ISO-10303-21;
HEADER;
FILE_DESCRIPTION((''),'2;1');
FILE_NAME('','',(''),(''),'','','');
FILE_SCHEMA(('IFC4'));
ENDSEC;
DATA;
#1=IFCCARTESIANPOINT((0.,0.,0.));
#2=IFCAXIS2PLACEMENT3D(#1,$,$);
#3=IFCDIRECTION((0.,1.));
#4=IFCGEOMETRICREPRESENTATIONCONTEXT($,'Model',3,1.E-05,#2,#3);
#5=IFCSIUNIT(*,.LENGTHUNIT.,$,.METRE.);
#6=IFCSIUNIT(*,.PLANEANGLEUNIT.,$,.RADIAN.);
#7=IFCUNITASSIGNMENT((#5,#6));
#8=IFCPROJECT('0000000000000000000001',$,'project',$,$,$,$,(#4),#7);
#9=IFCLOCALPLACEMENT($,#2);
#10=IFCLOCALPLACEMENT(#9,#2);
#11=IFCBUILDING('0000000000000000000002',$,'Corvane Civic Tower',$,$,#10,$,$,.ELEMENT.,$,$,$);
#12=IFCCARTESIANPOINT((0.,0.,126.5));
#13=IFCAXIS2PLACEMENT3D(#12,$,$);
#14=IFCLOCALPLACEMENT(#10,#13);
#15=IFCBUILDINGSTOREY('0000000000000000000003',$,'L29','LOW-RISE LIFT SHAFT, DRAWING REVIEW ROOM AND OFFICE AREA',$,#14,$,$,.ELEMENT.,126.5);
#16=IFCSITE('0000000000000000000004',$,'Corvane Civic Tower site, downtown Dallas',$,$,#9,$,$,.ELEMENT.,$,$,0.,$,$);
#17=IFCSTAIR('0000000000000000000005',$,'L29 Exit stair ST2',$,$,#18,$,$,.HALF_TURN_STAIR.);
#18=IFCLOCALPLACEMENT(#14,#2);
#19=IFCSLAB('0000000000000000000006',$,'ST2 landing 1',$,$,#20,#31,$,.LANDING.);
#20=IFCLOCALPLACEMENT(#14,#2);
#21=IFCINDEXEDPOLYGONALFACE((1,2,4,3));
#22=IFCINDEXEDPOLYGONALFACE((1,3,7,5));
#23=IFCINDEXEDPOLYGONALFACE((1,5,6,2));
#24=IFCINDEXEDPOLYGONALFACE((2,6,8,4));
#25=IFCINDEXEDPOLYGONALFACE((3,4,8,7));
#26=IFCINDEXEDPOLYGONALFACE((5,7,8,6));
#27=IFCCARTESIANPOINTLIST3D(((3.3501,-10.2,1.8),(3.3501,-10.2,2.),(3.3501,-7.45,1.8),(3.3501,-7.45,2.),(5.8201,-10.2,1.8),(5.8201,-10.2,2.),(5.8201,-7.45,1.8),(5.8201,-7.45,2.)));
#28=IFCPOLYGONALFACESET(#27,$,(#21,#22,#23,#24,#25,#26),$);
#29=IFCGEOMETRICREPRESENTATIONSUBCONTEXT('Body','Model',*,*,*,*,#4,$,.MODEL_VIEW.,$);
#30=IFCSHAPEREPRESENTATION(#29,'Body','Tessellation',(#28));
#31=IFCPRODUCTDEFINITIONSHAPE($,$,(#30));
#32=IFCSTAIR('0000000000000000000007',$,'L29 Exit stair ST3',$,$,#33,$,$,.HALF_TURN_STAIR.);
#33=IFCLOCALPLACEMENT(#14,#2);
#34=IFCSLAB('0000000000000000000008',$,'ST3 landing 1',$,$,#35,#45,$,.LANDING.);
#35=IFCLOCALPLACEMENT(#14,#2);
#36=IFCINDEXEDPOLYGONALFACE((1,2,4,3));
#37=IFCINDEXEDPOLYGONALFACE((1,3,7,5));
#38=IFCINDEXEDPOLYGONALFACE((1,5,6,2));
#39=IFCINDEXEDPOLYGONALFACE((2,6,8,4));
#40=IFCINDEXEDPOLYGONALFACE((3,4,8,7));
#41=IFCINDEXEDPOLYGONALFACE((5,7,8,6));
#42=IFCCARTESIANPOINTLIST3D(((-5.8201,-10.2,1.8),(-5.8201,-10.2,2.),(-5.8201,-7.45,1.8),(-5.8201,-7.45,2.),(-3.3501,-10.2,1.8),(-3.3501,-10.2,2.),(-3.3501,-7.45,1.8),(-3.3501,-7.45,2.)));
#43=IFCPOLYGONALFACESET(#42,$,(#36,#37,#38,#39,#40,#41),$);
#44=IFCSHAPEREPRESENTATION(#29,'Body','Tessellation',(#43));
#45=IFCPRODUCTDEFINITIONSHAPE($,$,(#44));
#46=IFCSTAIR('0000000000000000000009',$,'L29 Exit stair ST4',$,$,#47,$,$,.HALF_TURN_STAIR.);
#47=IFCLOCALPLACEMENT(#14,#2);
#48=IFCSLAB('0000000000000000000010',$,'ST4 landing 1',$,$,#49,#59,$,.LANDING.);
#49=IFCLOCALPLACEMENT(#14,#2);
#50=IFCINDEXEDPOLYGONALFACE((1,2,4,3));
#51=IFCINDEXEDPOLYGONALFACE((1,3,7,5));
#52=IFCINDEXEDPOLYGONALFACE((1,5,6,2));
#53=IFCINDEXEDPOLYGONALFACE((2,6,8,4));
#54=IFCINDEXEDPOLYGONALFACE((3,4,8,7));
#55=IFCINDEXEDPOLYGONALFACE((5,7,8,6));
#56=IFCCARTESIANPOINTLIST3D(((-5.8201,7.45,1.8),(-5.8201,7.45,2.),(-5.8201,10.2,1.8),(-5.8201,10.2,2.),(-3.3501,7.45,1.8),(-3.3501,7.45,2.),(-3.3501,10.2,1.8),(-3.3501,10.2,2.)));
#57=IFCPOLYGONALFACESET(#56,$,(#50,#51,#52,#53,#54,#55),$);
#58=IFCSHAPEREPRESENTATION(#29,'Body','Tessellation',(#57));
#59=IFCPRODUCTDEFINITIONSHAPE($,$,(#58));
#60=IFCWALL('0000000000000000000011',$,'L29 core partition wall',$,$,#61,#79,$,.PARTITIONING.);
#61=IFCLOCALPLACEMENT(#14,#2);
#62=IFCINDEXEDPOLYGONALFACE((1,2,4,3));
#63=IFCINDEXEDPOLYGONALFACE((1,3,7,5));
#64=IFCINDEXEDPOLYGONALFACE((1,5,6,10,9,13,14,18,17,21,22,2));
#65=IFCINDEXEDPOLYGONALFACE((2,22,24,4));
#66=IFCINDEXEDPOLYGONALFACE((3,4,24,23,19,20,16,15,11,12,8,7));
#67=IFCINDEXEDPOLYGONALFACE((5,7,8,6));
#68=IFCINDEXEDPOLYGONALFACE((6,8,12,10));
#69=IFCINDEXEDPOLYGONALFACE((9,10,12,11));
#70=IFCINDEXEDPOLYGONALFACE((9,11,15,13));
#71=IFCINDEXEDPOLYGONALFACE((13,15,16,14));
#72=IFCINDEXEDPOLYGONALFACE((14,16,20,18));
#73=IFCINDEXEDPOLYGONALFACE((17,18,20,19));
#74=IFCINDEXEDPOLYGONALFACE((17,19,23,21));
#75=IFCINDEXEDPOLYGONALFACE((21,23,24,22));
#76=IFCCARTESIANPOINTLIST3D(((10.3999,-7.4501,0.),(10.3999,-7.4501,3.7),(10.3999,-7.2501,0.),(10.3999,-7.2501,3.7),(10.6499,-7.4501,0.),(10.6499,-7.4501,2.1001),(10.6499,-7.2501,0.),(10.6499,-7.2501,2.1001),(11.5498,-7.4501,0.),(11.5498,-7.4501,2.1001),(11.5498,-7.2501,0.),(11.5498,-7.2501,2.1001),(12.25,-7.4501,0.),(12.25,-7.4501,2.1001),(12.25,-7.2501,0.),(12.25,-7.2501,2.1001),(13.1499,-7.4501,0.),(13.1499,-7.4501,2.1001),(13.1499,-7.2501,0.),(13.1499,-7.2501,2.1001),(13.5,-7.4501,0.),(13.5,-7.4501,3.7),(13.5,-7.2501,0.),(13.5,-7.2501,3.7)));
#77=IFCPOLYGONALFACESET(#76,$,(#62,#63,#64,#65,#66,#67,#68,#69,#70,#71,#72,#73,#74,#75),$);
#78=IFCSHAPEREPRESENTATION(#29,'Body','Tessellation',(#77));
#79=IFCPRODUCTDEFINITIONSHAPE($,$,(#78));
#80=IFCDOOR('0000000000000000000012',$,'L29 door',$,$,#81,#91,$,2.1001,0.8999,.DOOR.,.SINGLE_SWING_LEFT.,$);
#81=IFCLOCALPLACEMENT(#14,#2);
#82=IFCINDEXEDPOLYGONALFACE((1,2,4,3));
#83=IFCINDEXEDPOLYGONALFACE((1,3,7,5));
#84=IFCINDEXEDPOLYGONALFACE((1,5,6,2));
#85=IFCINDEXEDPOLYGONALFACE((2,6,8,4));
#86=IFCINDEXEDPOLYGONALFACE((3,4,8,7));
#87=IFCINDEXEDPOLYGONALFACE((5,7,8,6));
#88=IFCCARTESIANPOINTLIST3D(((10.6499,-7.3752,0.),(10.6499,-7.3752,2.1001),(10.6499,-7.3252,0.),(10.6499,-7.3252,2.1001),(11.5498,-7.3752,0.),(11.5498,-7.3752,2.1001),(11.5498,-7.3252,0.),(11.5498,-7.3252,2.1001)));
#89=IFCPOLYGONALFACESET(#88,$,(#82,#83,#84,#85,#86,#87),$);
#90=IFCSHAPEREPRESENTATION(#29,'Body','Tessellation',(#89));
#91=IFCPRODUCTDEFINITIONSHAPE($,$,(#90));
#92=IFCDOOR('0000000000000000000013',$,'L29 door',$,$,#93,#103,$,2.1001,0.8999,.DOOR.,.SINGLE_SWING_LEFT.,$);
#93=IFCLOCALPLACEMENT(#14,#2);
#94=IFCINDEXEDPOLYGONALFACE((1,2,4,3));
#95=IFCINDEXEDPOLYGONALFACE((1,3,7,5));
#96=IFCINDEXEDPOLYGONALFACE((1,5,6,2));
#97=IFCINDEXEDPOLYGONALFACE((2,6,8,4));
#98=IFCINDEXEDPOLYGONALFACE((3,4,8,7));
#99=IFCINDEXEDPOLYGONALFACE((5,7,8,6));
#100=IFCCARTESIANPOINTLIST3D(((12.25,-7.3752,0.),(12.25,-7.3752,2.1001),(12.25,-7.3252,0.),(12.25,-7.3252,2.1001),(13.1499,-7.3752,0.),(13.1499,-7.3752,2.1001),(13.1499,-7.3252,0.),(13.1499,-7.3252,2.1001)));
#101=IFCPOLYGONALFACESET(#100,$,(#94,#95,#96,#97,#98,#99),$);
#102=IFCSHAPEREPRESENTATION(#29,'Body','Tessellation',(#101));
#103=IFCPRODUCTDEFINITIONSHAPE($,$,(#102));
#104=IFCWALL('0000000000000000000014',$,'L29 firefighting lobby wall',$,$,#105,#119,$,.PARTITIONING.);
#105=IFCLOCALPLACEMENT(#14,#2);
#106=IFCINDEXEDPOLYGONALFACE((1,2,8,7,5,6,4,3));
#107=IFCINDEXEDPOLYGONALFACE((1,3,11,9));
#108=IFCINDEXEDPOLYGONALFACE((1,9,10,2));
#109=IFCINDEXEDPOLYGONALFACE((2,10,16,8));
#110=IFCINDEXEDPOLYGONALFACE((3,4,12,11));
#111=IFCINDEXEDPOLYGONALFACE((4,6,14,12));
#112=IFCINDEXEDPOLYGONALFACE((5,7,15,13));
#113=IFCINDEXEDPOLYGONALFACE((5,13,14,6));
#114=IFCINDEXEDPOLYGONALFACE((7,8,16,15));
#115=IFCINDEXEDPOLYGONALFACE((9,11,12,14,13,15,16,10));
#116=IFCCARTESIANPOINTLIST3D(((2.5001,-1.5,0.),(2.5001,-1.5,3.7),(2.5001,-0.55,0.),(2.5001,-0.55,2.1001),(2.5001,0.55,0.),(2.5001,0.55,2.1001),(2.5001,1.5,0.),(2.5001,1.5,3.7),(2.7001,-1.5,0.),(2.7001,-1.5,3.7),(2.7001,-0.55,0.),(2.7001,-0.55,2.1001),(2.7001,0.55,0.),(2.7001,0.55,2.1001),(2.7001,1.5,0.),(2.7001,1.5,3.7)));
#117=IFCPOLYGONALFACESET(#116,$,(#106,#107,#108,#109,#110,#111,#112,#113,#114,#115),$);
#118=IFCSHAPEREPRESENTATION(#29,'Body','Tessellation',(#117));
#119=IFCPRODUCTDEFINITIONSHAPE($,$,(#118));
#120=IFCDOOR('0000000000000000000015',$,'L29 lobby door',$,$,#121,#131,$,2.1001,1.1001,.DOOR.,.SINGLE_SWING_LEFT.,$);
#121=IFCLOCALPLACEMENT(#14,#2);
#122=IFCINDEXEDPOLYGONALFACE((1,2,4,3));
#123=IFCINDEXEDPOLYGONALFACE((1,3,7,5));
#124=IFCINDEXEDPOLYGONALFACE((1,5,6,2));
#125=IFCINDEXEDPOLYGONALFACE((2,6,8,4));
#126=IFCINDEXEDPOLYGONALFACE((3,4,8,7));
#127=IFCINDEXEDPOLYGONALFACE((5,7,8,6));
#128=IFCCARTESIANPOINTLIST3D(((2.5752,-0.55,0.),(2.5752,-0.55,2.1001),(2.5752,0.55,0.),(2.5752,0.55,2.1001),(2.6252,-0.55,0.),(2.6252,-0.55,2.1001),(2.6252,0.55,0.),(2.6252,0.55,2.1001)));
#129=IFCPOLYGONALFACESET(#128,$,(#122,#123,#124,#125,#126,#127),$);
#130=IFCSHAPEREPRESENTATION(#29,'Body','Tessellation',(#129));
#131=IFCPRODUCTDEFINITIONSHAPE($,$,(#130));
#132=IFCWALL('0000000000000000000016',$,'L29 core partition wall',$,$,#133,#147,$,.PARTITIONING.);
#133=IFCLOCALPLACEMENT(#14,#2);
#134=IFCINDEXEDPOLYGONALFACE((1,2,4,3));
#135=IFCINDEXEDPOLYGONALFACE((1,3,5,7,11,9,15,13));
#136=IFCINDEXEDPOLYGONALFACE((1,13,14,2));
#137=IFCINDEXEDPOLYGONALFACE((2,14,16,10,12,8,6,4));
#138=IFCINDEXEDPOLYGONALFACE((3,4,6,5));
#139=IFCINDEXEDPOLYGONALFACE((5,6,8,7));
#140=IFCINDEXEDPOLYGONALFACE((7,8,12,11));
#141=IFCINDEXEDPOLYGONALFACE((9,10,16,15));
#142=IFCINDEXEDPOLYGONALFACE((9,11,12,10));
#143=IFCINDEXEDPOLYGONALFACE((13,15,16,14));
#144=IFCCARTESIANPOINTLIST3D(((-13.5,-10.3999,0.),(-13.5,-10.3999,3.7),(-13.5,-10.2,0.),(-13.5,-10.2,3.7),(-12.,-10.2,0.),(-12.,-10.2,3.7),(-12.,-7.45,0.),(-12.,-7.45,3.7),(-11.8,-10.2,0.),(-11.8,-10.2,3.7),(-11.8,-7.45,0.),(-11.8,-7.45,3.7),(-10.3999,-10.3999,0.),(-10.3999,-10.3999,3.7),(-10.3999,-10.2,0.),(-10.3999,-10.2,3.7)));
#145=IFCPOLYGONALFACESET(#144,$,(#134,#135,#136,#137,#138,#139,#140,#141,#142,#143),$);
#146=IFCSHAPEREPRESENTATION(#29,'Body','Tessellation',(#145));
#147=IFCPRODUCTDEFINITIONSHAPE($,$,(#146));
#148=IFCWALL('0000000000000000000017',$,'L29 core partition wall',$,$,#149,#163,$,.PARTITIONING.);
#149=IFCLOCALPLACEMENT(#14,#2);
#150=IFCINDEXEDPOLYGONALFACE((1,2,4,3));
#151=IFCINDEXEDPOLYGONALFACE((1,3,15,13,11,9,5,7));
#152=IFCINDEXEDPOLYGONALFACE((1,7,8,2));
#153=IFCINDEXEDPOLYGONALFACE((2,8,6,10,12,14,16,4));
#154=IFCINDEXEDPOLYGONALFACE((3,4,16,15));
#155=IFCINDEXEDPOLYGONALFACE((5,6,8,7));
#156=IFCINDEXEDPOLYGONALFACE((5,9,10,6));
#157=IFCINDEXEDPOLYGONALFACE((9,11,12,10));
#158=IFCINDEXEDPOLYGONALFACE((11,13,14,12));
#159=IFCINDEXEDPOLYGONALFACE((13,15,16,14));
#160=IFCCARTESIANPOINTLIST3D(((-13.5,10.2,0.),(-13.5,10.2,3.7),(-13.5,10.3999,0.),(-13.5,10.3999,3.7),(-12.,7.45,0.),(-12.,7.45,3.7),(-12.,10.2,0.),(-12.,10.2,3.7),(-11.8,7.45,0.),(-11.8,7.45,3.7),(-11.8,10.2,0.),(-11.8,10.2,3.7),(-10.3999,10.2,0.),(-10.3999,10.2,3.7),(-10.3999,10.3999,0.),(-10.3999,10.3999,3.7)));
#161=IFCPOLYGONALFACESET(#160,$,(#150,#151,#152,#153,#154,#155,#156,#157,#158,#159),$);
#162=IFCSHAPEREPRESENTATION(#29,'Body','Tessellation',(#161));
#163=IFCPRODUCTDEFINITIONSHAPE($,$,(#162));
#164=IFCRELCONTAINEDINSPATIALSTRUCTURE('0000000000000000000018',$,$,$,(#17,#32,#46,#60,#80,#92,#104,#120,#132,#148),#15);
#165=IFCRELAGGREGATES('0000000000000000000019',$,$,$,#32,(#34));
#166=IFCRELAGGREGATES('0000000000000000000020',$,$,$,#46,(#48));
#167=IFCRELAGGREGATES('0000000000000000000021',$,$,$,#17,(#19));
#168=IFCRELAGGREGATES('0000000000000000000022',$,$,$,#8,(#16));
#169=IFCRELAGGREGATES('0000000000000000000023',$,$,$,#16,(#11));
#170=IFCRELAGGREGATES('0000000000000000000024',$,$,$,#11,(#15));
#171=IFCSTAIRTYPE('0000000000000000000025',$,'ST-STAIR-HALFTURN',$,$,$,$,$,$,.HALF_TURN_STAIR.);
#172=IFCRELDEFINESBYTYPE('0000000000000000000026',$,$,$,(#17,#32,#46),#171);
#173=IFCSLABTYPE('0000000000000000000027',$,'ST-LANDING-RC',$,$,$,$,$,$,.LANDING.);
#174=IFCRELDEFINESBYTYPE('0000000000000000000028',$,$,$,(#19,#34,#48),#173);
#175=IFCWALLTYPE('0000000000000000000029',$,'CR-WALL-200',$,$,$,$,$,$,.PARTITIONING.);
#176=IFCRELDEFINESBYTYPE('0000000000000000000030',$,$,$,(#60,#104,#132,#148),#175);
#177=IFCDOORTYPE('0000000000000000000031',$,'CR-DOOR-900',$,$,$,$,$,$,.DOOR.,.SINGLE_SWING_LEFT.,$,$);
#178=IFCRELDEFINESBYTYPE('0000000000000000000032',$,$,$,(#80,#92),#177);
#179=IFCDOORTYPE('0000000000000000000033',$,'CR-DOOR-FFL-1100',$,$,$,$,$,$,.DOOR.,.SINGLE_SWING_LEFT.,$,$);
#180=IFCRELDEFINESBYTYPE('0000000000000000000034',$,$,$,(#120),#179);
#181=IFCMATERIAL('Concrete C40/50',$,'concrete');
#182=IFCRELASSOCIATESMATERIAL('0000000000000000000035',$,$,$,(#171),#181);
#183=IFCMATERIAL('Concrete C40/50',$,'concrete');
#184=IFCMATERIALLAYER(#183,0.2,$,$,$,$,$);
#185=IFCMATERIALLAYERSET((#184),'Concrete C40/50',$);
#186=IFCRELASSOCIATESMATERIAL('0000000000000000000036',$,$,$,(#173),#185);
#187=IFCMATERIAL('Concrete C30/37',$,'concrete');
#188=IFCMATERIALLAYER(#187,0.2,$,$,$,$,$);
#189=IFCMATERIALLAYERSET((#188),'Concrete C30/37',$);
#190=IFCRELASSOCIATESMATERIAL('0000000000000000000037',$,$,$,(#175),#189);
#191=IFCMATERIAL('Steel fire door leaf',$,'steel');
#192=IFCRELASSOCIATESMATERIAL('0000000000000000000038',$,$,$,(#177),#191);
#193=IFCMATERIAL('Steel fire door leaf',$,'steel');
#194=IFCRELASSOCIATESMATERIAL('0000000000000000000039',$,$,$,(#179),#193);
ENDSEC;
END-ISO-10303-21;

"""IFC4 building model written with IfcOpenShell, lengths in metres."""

from ifc_helpers import new_model, si_unit, direction, frame, frame_2d, origin, place, context, subcontext, project, spatial, polyline, rectangle, outline, extrude, material, layer, layer_set, type_object, element, fill, aggregate, save


model = new_model("IFC4")

# Units and contexts
model_context = context("Model", 3, precision=1e-05, world=origin(), true_north=direction((0.0, 1.0)))
body_context = subcontext(model_context, "Body", "Model", "MODEL_VIEW")
ifc_project = project(units=[si_unit("LENGTHUNIT", "METRE"), si_unit("PLANEANGLEUNIT", "RADIAN")], contexts=[model_context])

# Site, building, storey
site_placement = place(None, origin())
site = spatial("IfcSite", under=ifc_project, at=site_placement, Name="Corvane Civic Tower site, downtown Dallas", CompositionType="ELEMENT", RefElevation=0.0)
building_placement = place(site_placement, origin())
building = spatial("IfcBuilding", under=site, at=building_placement, Name="Corvane Civic Tower", CompositionType="ELEMENT")
storey_placement = place(building_placement, frame((0.0, 0.0, 126.5)))
storey = spatial("IfcBuildingStorey", under=building, at=storey_placement, Name="L29", Description="LOW-RISE LIFT SHAFT, DRAWING REVIEW ROOM AND OFFICE AREA", CompositionType="ELEMENT", Elevation=126.5)

# Stairs, slabs
ifc_material_1 = material(Name="Concrete C40/50", Category="concrete")
stair_type = type_object("IfcStairType", Name="ST-STAIR-HALFTURN", PredefinedType="HALF_TURN_STAIR", material=ifc_material_1)
stair_1_placement = place(storey_placement, origin())
stair_1 = element("IfcStair", 1, at=stair_1_placement, inside=storey, type_object=stair_type, Name="L29 Exit stair ST2", PredefinedType="HALF_TURN_STAIR")
ifc_material_2 = material(Name="Concrete C40/50", Category="concrete")
ifc_layer_1 = layer(ifc_material_2, 0.2)
ifc_layer_set_1 = layer_set([ifc_layer_1], Name="Concrete C40/50")
slab_type = type_object("IfcSlabType", Name="ST-LANDING-RC", PredefinedType="LANDING", material=ifc_layer_set_1)
slab_1_placement = place(storey_placement, frame((0.0, 0.0, 1.8)))
slab_1 = element("IfcSlab", 2, at=slab_1_placement, type_object=slab_type, Name="ST2 landing 1", PredefinedType="LANDING", context=body_context, shape_type="SweptSolid", body=[
    extrude(outline(polyline([(5.8201, -7.45), (3.3501, -7.45), (3.3501, -10.2), (5.8201, -10.2), (5.8201, -7.45)])), origin(), (0.0, 0.0, 1.0), 0.2),
])
stair_2_placement = place(storey_placement, origin())
stair_2 = element("IfcStair", 3, at=stair_2_placement, inside=storey, type_object=stair_type, Name="L29 Exit stair ST3", PredefinedType="HALF_TURN_STAIR")
slab_2_placement = place(storey_placement, frame((0.0, 0.0, 1.8)))
slab_2 = element("IfcSlab", 4, at=slab_2_placement, type_object=slab_type, Name="ST3 landing 1", PredefinedType="LANDING", context=body_context, shape_type="SweptSolid", body=[
    extrude(outline(polyline([(-5.8201, -10.2), (-3.3501, -10.2), (-3.3501, -7.45), (-5.8201, -7.45), (-5.8201, -10.2)])), origin(), (0.0, 0.0, 1.0), 0.2),
])
aggregate(stair_2, [slab_2])
stair_3_placement = place(storey_placement, origin())
stair_3 = element("IfcStair", 5, at=stair_3_placement, inside=storey, type_object=stair_type, Name="L29 Exit stair ST4", PredefinedType="HALF_TURN_STAIR")
slab_3_placement = place(storey_placement, frame((0.0, 0.0, 1.8)))
slab_3 = element("IfcSlab", 6, at=slab_3_placement, type_object=slab_type, Name="ST4 landing 1", PredefinedType="LANDING", context=body_context, shape_type="SweptSolid", body=[
    extrude(outline(polyline([(-5.8201, 7.45), (-3.3501, 7.45), (-3.3501, 10.2), (-5.8201, 10.2), (-5.8201, 7.45)])), origin(), (0.0, 0.0, 1.0), 0.2),
])
aggregate(stair_3, [slab_3])

# Wall, openings, doors
ifc_material_3 = material(Name="Concrete C30/37", Category="concrete")
ifc_layer_2 = layer(ifc_material_3, 0.2)
ifc_layer_set_2 = layer_set([ifc_layer_2], Name="Concrete C30/37")
wall_type_1 = type_object("IfcWallType", Name="CR-WALL-200", PredefinedType="PARTITIONING", material=ifc_layer_set_2)
wall_1_placement = place(storey_placement, frame((10.3999, -7.3501, 0.0), z_axis=(0.0, 0.0, 1.0), x_axis=(1.0, 0.0, 0.0)))
wall_1 = element("IfcWall", 7, at=wall_1_placement, inside=storey, type_object=wall_type_1, Name="L29 core partition wall", PredefinedType="PARTITIONING", context=body_context, shape_type="SweptSolid", body=[
    extrude(rectangle(XDim=3.1001, YDim=0.2, at=frame_2d((1.55, 0.0))), origin(), (0.0, 0.0, 1.0), 3.7),
])
opening_1_placement = place(wall_1_placement, frame((0.25, 0.0, 0.0)))
opening_1 = element("IfcOpeningElement", 8, at=opening_1_placement, cuts=wall_1, PredefinedType="OPENING", context=body_context, shape_type="SweptSolid", body=[
    extrude(rectangle(XDim=0.8999, YDim=2.1001, at=frame_2d((0.45, 1.05))), frame((0.0, 0.1099, 0.0), z_axis=(0.0, -1.0, 0.0), x_axis=(1.0, 0.0, 0.0)), (0.0, 0.0, 1.0), 0.22),
])
opening_2_placement = place(wall_1_placement, frame((1.8501, 0.0, 0.0)))
opening_2 = element("IfcOpeningElement", 9, at=opening_2_placement, cuts=wall_1, PredefinedType="OPENING", context=body_context, shape_type="SweptSolid", body=[
    extrude(rectangle(XDim=0.8999, YDim=2.1001, at=frame_2d((0.45, 1.05))), frame((0.0, 0.1099, 0.0), z_axis=(0.0, -1.0, 0.0), x_axis=(1.0, 0.0, 0.0)), (0.0, 0.0, 1.0), 0.22),
])
ifc_material_4 = material(Name="Steel fire door leaf", Category="steel")
door_type_1 = type_object("IfcDoorType", Name="CR-DOOR-900", OperationType="SINGLE_SWING_LEFT", PredefinedType="DOOR", material=ifc_material_4)
door_1_placement = place(opening_1_placement, origin())
door_1 = element("IfcDoor", 10, at=door_1_placement, inside=storey, type_object=door_type_1, Name="L29 door", OperationType="SINGLE_SWING_LEFT", OverallHeight=2.1001, OverallWidth=0.8999, PredefinedType="DOOR", context=body_context, shape_type="SweptSolid", body=[
    extrude(rectangle(XDim=0.8999, YDim=2.1001, at=frame_2d((0.45, 1.05))), frame((0.0, 0.0249, 0.0), z_axis=(0.0, -1.0, 0.0), x_axis=(1.0, 0.0, 0.0)), (0.0, 0.0, 1.0), 0.05),
])
fill(opening_1, door_1)
door_2_placement = place(opening_2_placement, origin())
door_2 = element("IfcDoor", 11, at=door_2_placement, inside=storey, type_object=door_type_1, Name="L29 door", OperationType="SINGLE_SWING_LEFT", OverallHeight=2.1001, OverallWidth=0.8999, PredefinedType="DOOR", context=body_context, shape_type="SweptSolid", body=[
    extrude(rectangle(XDim=0.8999, YDim=2.1001, at=frame_2d((0.45, 1.05))), frame((0.0, 0.0249, 0.0), z_axis=(0.0, -1.0, 0.0), x_axis=(1.0, 0.0, 0.0)), (0.0, 0.0, 1.0), 0.05),
])
fill(opening_2, door_2)

# Wall, opening, door
wall_2_placement = place(storey_placement, frame((2.6001, -1.5, 0.0), z_axis=(0.0, 0.0, 1.0), x_axis=(0.0, 1.0, 0.0)))
wall_2 = element("IfcWall", 12, at=wall_2_placement, inside=storey, type_object=wall_type_1, Name="L29 firefighting lobby wall", PredefinedType="PARTITIONING", context=body_context, shape_type="SweptSolid", body=[
    extrude(rectangle(XDim=3.0, YDim=0.2, at=frame_2d((1.5, 0.0))), origin(), (0.0, 0.0, 1.0), 3.7),
])
opening_3_placement = place(wall_2_placement, frame((0.95, 0.0, 0.0)))
opening_3 = element("IfcOpeningElement", 13, at=opening_3_placement, cuts=wall_2, PredefinedType="OPENING", context=body_context, shape_type="SweptSolid", body=[
    extrude(rectangle(XDim=1.1001, YDim=2.1001, at=frame_2d((0.55, 1.05))), frame((0.0, 0.1099, 0.0), z_axis=(0.0, -1.0, 0.0), x_axis=(1.0, 0.0, 0.0)), (0.0, 0.0, 1.0), 0.22),
])
ifc_material_5 = material(Name="Steel fire door leaf", Category="steel")
door_type_2 = type_object("IfcDoorType", Name="CR-DOOR-FFL-1100", OperationType="SINGLE_SWING_LEFT", PredefinedType="DOOR", material=ifc_material_5)
door_3_placement = place(opening_3_placement, origin())
door_3 = element("IfcDoor", 14, at=door_3_placement, inside=storey, type_object=door_type_2, Name="L29 lobby door", OperationType="SINGLE_SWING_LEFT", OverallHeight=2.1001, OverallWidth=1.1001, PredefinedType="DOOR", context=body_context, shape_type="SweptSolid", body=[
    extrude(rectangle(XDim=1.1001, YDim=2.1001, at=frame_2d((0.55, 1.05))), frame((0.0, 0.0249, 0.0), z_axis=(0.0, -1.0, 0.0), x_axis=(1.0, 0.0, 0.0)), (0.0, 0.0, 1.0), 0.05),
])
fill(opening_3, door_3)

# Walls
wall_3_placement = place(storey_placement, origin())
element("IfcWall", 15, at=wall_3_placement, inside=storey, type_object=wall_type_1, Name="L29 core partition wall", PredefinedType="PARTITIONING", context=body_context, shape_type="SweptSolid", body=[
    extrude(outline(polyline([(-12.0, -7.45), (-11.8, -7.45), (-11.8, -10.2), (-10.3999, -10.2), (-10.3999, -10.3999), (-13.5, -10.3999), (-13.5, -10.2), (-12.0, -10.2), (-12.0, -7.45)])), origin(), (0.0, 0.0, 1.0), 3.7),
])
wall_4_placement = place(storey_placement, origin())
element("IfcWall", 16, at=wall_4_placement, inside=storey, type_object=wall_type_1, Name="L29 core partition wall", PredefinedType="PARTITIONING", context=body_context, shape_type="SweptSolid", body=[
    extrude(outline(polyline([(-13.5, 10.3999), (-10.3999, 10.3999), (-10.3999, 10.2), (-11.8, 10.2), (-11.8, 7.45), (-12.0, 7.45), (-12.0, 10.2), (-13.5, 10.2), (-13.5, 10.3999)])), origin(), (0.0, 0.0, 1.0), 3.7),
])

aggregate(stair_1, [slab_1])

save(model, "model.ifc")
